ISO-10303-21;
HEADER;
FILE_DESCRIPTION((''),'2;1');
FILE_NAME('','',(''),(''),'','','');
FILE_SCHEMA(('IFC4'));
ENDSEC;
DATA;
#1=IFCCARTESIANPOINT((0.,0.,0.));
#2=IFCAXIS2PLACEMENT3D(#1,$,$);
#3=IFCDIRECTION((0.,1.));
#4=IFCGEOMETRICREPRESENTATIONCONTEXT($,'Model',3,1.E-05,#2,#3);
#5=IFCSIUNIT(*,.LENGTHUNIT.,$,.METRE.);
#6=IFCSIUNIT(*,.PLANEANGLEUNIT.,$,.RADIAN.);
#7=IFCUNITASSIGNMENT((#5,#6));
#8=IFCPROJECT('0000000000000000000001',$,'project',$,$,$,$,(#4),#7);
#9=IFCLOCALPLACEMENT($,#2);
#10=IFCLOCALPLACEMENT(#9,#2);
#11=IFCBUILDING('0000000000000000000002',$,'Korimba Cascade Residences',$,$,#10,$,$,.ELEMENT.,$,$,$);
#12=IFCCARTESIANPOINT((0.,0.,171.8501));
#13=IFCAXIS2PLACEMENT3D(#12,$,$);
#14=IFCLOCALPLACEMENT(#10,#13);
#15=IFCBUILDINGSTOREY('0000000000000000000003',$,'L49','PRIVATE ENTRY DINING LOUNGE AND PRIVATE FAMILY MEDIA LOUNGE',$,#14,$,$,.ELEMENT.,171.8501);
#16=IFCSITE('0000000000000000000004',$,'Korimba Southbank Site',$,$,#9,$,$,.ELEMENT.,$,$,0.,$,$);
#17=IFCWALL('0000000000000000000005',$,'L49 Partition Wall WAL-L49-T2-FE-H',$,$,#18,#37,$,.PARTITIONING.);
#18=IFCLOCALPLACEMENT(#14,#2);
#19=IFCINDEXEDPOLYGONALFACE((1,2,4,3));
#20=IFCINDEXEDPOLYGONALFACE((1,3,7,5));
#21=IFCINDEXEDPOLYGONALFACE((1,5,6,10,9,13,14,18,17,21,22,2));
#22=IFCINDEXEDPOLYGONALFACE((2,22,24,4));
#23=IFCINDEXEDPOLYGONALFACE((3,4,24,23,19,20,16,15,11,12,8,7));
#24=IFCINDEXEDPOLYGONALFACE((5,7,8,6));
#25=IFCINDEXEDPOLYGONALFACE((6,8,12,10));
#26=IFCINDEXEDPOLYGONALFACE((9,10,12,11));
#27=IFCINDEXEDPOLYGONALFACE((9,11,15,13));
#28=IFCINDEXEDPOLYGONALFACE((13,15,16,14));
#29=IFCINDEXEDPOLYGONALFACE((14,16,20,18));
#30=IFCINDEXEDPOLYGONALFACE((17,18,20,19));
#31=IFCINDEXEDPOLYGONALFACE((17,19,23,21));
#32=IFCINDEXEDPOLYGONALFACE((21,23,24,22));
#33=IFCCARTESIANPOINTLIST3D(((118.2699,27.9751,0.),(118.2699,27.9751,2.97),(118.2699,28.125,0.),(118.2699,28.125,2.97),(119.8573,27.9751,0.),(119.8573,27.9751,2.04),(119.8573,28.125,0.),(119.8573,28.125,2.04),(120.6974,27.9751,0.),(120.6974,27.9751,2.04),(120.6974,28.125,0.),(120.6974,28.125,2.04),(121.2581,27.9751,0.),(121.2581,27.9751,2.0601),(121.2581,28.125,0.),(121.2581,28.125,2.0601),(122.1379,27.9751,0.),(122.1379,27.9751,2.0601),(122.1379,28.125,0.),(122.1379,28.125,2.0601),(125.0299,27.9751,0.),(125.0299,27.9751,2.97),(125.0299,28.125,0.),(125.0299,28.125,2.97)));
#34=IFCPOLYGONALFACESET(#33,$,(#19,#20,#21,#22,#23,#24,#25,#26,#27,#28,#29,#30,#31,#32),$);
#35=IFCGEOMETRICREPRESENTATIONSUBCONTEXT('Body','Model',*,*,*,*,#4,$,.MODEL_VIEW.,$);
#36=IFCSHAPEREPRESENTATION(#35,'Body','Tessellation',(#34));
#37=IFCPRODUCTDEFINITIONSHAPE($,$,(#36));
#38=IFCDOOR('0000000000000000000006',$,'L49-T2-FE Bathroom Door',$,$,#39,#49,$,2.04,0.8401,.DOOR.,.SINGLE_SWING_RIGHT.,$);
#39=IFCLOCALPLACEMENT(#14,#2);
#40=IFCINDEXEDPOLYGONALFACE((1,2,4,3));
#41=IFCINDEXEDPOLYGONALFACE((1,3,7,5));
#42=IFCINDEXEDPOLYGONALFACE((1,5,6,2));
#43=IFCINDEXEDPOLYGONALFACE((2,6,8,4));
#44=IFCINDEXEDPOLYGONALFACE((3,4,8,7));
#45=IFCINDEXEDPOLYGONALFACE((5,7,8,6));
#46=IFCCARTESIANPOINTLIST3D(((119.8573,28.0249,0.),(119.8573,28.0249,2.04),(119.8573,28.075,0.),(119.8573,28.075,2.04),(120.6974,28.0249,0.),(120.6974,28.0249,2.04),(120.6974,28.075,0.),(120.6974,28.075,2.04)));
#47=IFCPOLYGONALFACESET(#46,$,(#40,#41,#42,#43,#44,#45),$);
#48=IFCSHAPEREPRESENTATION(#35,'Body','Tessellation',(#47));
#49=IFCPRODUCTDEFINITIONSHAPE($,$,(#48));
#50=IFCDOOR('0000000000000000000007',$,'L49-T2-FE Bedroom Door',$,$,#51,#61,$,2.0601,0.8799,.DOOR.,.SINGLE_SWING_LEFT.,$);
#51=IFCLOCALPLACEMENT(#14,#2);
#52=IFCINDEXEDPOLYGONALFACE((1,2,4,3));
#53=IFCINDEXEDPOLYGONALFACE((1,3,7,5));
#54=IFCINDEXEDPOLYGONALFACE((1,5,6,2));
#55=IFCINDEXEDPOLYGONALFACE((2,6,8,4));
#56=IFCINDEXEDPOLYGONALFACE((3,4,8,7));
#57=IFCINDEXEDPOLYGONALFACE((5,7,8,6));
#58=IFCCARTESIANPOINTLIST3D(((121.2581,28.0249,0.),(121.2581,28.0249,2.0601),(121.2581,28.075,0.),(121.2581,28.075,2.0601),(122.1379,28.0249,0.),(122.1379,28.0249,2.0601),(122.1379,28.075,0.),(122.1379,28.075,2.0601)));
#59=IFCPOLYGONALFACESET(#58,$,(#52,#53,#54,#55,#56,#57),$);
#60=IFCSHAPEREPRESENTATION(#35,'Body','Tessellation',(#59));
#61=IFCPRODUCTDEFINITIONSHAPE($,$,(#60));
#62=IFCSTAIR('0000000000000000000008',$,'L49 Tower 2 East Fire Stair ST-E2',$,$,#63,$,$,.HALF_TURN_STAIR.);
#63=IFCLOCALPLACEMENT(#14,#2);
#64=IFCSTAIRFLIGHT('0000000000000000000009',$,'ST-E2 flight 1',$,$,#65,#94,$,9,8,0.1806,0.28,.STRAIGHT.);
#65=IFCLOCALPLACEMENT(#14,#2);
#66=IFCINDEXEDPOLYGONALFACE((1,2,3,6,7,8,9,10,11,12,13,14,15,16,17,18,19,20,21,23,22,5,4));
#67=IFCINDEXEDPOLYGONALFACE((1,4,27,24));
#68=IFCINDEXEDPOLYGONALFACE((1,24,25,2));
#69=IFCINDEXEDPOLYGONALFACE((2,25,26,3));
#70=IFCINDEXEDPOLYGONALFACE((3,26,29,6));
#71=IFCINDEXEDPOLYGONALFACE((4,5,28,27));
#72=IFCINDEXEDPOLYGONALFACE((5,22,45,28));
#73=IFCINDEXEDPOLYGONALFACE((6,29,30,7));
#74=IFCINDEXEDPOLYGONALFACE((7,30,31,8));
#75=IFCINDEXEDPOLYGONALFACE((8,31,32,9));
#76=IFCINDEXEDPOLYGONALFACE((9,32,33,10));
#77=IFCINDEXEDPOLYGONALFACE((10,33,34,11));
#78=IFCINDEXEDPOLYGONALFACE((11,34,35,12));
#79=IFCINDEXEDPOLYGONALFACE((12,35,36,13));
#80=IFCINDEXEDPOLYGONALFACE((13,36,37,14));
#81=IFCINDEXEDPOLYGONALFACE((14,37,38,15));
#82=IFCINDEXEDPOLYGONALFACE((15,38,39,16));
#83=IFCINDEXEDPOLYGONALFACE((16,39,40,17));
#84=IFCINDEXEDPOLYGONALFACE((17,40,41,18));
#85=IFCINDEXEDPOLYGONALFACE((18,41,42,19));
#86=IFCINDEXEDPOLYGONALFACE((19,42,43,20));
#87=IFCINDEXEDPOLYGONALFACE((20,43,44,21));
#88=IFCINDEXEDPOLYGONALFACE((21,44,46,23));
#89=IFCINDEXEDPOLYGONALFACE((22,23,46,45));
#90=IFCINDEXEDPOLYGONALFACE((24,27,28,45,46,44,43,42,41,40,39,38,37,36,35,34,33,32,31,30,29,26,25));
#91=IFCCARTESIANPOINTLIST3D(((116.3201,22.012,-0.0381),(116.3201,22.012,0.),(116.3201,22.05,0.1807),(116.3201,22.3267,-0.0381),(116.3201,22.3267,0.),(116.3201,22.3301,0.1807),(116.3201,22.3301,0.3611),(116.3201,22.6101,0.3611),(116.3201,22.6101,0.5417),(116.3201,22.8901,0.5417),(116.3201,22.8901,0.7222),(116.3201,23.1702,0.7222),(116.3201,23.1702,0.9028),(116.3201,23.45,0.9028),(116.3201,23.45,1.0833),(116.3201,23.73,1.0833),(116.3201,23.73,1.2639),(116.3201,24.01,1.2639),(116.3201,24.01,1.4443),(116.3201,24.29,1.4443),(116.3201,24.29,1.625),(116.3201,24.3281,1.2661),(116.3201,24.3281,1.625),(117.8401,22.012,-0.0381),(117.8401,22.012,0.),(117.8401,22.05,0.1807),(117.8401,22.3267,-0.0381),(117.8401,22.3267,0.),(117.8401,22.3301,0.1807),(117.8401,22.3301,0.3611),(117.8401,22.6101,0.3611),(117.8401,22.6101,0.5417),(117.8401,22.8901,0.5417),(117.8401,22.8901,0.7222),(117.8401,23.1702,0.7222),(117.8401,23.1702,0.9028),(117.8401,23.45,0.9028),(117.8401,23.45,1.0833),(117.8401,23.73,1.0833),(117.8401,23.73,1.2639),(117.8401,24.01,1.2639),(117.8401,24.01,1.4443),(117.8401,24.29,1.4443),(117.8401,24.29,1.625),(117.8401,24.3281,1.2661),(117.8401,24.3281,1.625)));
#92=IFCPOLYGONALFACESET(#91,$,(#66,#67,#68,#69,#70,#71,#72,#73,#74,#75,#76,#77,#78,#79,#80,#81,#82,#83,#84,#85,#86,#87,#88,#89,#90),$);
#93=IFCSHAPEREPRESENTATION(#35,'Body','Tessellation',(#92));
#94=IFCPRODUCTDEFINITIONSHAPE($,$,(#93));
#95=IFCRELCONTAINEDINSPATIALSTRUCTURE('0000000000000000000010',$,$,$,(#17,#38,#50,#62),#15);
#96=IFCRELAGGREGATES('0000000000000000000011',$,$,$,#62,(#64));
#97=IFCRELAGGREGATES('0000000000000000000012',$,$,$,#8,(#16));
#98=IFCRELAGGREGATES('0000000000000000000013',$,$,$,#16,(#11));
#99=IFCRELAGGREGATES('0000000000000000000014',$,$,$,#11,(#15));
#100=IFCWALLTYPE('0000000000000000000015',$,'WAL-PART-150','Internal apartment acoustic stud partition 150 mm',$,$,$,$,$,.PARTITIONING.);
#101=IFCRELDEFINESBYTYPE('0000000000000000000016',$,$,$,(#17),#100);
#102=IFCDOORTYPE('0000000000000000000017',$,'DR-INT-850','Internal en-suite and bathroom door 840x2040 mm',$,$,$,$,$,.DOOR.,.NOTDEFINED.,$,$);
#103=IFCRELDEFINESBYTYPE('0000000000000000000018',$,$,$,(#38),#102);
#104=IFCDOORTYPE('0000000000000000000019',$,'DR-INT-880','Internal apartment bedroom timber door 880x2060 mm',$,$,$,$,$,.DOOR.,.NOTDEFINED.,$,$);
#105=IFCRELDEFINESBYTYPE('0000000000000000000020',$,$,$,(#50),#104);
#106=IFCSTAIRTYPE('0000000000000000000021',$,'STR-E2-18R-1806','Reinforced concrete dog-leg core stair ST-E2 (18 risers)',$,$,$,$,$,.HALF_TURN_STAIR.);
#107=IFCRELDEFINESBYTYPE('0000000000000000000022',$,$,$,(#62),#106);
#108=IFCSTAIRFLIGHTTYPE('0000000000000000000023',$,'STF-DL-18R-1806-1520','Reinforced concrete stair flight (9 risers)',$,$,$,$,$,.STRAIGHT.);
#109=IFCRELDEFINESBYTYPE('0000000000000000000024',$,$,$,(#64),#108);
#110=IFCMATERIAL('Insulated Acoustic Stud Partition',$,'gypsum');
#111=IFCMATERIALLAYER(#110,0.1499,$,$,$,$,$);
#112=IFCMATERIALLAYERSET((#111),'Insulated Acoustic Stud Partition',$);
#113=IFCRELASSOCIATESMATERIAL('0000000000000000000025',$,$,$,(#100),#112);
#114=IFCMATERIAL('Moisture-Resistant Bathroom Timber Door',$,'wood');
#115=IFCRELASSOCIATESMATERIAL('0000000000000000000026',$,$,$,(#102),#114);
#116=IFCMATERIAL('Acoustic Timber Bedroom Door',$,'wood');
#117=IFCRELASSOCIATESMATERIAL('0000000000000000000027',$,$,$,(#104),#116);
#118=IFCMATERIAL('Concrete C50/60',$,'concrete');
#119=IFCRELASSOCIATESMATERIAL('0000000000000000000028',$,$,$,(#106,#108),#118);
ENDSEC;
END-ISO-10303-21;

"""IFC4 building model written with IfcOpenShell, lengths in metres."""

from ifc_helpers import new_model, si_unit, direction, frame, frame_2d, origin, place, context, subcontext, project, spatial, polyline, rectangle, outline, extrude, material, layer, layer_set, type_object, element, fill, aggregate, save


model = new_model("IFC4")

# Units and contexts
model_context = context("Model", 3, precision=1e-05, world=origin(), true_north=direction((0.0, 1.0)))
body_context = subcontext(model_context, "Body", "Model", "MODEL_VIEW")
ifc_project = project(units=[si_unit("LENGTHUNIT", "METRE"), si_unit("PLANEANGLEUNIT", "RADIAN")], contexts=[model_context])

# Site, building, storey
site_placement = place(None, origin())
site = spatial("IfcSite", under=ifc_project, at=site_placement, Name="Korimba Southbank Site", CompositionType="ELEMENT", RefElevation=0.0)
building_placement = place(site_placement, origin())
building = spatial("IfcBuilding", under=site, at=building_placement, Name="Korimba Cascade Residences", CompositionType="ELEMENT")
storey_placement = place(building_placement, frame((0.0, 0.0, 171.8501)))
storey = spatial("IfcBuildingStorey", under=building, at=storey_placement, Name="L49", Description="PRIVATE ENTRY DINING LOUNGE AND PRIVATE FAMILY MEDIA LOUNGE", CompositionType="ELEMENT", Elevation=171.8501)

# Shared definitions
ifc_material_1 = material(Name="Concrete C50/60", Category="concrete")

# Shared definitions
ifc_material_2 = material(Name="Insulated Acoustic Stud Partition", Category="gypsum")
ifc_layer_1 = layer(ifc_material_2, 0.1499)
ifc_layer_set_1 = layer_set([ifc_layer_1], Name="Insulated Acoustic Stud Partition")
wall_type_1 = type_object("IfcWallType", Name="WAL-PART-150", Description="Internal apartment acoustic stud partition 150 mm", PredefinedType="PARTITIONING", material=ifc_layer_set_1)
ifc_material_3 = material(Name="Moisture-Resistant Bathroom Timber Door", Category="wood")
door_type_1 = type_object("IfcDoorType", Name="DR-INT-850", Description="Internal en-suite and bathroom door 840x2040 mm", OperationType="NOTDEFINED", PredefinedType="DOOR", material=ifc_material_3)

# Wall, openings, doors
wall_1_placement = place(storey_placement, frame((118.27, 28.05, 0.0), z_axis=(0.0, 0.0, 1.0), x_axis=(1.0, 0.0, 0.0)))
wall_1 = element("IfcWall", 1, at=wall_1_placement, inside=storey, type_object=wall_type_1, Name="L49 Partition Wall WAL-L49-T2-FE-H", PredefinedType="PARTITIONING", context=body_context, shape_type="SweptSolid", body=[
    extrude(rectangle(XDim=6.76, YDim=0.1499, at=frame_2d((3.3799, 0.0))), origin(), (0.0, 0.0, 1.0), 2.97),
])
opening_1_placement = place(wall_1_placement, frame((1.5874, 0.0, 0.0)))
opening_1 = element("IfcOpeningElement", 2, at=opening_1_placement, cuts=wall_1, PredefinedType="OPENING", context=body_context, shape_type="SweptSolid", body=[
    extrude(rectangle(XDim=0.8401, YDim=2.04, at=frame_2d((0.4199, 1.02))), frame((0.0, 0.085, 0.0), z_axis=(0.0, -1.0, 0.0), x_axis=(1.0, 0.0, 0.0)), (0.0, 0.0, 1.0), 0.1699),
])
opening_2_placement = place(wall_1_placement, frame((2.988, 0.0, 0.0)))
opening_2 = element("IfcOpeningElement", 3, at=opening_2_placement, cuts=wall_1, PredefinedType="OPENING", context=body_context, shape_type="SweptSolid", body=[
    extrude(rectangle(XDim=0.8799, YDim=2.0601, at=frame_2d((0.4399, 1.03))), frame((0.0, 0.085, 0.0), z_axis=(0.0, -1.0, 0.0), x_axis=(1.0, 0.0, 0.0)), (0.0, 0.0, 1.0), 0.1699),
])
door_1_placement = place(opening_1_placement, origin())
door_1 = element("IfcDoor", 4, at=door_1_placement, inside=storey, type_object=door_type_1, Name="L49-T2-FE Bathroom Door", OperationType="SINGLE_SWING_RIGHT", OverallHeight=2.04, OverallWidth=0.8401, PredefinedType="DOOR", context=body_context, shape_type="SweptSolid", body=[
    extrude(rectangle(XDim=0.8401, YDim=2.04, at=frame_2d((0.4199, 1.02))), frame((0.0, 0.0249, 0.0), z_axis=(0.0, -1.0, 0.0), x_axis=(1.0, 0.0, 0.0)), (0.0, 0.0, 1.0), 0.05),
])
fill(opening_1, door_1)
ifc_material_4 = material(Name="Acoustic Timber Bedroom Door", Category="wood")
door_type_2 = type_object("IfcDoorType", Name="DR-INT-880", Description="Internal apartment bedroom timber door 880x2060 mm", OperationType="NOTDEFINED", PredefinedType="DOOR", material=ifc_material_4)
door_2_placement = place(opening_2_placement, origin())
door_2 = element("IfcDoor", 5, at=door_2_placement, inside=storey, type_object=door_type_2, Name="L49-T2-FE Bedroom Door", OperationType="SINGLE_SWING_LEFT", OverallHeight=2.0601, OverallWidth=0.8799, PredefinedType="DOOR", context=body_context, shape_type="SweptSolid", body=[
    extrude(rectangle(XDim=0.8799, YDim=2.0601, at=frame_2d((0.4399, 1.03))), frame((0.0, 0.0249, 0.0), z_axis=(0.0, -1.0, 0.0), x_axis=(1.0, 0.0, 0.0)), (0.0, 0.0, 1.0), 0.05),
])
fill(opening_2, door_2)

# Stair, stair flight
stair_type = type_object("IfcStairType", Name="STR-E2-18R-1806", Description="Reinforced concrete dog-leg core stair ST-E2 (18 risers)", PredefinedType="HALF_TURN_STAIR", material=ifc_material_1)
stair_placement = place(storey_placement, origin())
stair = element("IfcStair", 6, at=stair_placement, inside=storey, type_object=stair_type, Name="L49 Tower 2 East Fire Stair ST-E2", PredefinedType="HALF_TURN_STAIR")
stair_flight_type = type_object("IfcStairFlightType", Name="STF-DL-18R-1806-1520", Description="Reinforced concrete stair flight (9 risers)", PredefinedType="STRAIGHT", material=ifc_material_1)
stair_flight_placement = place(storey_placement, frame((117.0801, 22.05, 0.0), z_axis=(0.0, 0.0, 1.0), x_axis=(0.0, 1.0, 0.0)))
stair_flight = element("IfcStairFlight", 7, at=stair_flight_placement, type_object=stair_flight_type, Name="ST-E2 flight 1", NumberOfRisers=9, NumberOfTreads=8, PredefinedType="STRAIGHT", RiserHeight=0.1806, TreadLength=0.28, context=body_context, shape_type="SweptSolid", body=[
    extrude(outline(polyline([(-0.0381, 0.0), (0.0, 0.1807), (0.28, 0.1807), (0.28, 0.3611), (0.5601, 0.3611), (0.5601, 0.5417), (0.8401, 0.5417), (0.8401, 0.7222), (1.1201, 0.7222), (1.1201, 0.9028), (1.3999, 0.9028), (1.3999, 1.0833), (1.6799, 1.0833), (1.6799, 1.2639), (1.96, 1.2639), (1.96, 1.4443), (2.24, 1.4443), (2.24, 1.625), (2.2781, 1.625), (2.2781, 1.2661), (0.2766, 0.0), (0.2766, -0.0381), (-0.0381, -0.0381), (-0.0381, 0.0)])), frame((0.0, 0.76, 0.0), z_axis=(0.0, -1.0, 0.0), x_axis=(1.0, 0.0, 0.0)), (0.0, 0.0, 1.0), 1.52),
])
aggregate(stair, [stair_flight])

save(model, "model.ifc")
